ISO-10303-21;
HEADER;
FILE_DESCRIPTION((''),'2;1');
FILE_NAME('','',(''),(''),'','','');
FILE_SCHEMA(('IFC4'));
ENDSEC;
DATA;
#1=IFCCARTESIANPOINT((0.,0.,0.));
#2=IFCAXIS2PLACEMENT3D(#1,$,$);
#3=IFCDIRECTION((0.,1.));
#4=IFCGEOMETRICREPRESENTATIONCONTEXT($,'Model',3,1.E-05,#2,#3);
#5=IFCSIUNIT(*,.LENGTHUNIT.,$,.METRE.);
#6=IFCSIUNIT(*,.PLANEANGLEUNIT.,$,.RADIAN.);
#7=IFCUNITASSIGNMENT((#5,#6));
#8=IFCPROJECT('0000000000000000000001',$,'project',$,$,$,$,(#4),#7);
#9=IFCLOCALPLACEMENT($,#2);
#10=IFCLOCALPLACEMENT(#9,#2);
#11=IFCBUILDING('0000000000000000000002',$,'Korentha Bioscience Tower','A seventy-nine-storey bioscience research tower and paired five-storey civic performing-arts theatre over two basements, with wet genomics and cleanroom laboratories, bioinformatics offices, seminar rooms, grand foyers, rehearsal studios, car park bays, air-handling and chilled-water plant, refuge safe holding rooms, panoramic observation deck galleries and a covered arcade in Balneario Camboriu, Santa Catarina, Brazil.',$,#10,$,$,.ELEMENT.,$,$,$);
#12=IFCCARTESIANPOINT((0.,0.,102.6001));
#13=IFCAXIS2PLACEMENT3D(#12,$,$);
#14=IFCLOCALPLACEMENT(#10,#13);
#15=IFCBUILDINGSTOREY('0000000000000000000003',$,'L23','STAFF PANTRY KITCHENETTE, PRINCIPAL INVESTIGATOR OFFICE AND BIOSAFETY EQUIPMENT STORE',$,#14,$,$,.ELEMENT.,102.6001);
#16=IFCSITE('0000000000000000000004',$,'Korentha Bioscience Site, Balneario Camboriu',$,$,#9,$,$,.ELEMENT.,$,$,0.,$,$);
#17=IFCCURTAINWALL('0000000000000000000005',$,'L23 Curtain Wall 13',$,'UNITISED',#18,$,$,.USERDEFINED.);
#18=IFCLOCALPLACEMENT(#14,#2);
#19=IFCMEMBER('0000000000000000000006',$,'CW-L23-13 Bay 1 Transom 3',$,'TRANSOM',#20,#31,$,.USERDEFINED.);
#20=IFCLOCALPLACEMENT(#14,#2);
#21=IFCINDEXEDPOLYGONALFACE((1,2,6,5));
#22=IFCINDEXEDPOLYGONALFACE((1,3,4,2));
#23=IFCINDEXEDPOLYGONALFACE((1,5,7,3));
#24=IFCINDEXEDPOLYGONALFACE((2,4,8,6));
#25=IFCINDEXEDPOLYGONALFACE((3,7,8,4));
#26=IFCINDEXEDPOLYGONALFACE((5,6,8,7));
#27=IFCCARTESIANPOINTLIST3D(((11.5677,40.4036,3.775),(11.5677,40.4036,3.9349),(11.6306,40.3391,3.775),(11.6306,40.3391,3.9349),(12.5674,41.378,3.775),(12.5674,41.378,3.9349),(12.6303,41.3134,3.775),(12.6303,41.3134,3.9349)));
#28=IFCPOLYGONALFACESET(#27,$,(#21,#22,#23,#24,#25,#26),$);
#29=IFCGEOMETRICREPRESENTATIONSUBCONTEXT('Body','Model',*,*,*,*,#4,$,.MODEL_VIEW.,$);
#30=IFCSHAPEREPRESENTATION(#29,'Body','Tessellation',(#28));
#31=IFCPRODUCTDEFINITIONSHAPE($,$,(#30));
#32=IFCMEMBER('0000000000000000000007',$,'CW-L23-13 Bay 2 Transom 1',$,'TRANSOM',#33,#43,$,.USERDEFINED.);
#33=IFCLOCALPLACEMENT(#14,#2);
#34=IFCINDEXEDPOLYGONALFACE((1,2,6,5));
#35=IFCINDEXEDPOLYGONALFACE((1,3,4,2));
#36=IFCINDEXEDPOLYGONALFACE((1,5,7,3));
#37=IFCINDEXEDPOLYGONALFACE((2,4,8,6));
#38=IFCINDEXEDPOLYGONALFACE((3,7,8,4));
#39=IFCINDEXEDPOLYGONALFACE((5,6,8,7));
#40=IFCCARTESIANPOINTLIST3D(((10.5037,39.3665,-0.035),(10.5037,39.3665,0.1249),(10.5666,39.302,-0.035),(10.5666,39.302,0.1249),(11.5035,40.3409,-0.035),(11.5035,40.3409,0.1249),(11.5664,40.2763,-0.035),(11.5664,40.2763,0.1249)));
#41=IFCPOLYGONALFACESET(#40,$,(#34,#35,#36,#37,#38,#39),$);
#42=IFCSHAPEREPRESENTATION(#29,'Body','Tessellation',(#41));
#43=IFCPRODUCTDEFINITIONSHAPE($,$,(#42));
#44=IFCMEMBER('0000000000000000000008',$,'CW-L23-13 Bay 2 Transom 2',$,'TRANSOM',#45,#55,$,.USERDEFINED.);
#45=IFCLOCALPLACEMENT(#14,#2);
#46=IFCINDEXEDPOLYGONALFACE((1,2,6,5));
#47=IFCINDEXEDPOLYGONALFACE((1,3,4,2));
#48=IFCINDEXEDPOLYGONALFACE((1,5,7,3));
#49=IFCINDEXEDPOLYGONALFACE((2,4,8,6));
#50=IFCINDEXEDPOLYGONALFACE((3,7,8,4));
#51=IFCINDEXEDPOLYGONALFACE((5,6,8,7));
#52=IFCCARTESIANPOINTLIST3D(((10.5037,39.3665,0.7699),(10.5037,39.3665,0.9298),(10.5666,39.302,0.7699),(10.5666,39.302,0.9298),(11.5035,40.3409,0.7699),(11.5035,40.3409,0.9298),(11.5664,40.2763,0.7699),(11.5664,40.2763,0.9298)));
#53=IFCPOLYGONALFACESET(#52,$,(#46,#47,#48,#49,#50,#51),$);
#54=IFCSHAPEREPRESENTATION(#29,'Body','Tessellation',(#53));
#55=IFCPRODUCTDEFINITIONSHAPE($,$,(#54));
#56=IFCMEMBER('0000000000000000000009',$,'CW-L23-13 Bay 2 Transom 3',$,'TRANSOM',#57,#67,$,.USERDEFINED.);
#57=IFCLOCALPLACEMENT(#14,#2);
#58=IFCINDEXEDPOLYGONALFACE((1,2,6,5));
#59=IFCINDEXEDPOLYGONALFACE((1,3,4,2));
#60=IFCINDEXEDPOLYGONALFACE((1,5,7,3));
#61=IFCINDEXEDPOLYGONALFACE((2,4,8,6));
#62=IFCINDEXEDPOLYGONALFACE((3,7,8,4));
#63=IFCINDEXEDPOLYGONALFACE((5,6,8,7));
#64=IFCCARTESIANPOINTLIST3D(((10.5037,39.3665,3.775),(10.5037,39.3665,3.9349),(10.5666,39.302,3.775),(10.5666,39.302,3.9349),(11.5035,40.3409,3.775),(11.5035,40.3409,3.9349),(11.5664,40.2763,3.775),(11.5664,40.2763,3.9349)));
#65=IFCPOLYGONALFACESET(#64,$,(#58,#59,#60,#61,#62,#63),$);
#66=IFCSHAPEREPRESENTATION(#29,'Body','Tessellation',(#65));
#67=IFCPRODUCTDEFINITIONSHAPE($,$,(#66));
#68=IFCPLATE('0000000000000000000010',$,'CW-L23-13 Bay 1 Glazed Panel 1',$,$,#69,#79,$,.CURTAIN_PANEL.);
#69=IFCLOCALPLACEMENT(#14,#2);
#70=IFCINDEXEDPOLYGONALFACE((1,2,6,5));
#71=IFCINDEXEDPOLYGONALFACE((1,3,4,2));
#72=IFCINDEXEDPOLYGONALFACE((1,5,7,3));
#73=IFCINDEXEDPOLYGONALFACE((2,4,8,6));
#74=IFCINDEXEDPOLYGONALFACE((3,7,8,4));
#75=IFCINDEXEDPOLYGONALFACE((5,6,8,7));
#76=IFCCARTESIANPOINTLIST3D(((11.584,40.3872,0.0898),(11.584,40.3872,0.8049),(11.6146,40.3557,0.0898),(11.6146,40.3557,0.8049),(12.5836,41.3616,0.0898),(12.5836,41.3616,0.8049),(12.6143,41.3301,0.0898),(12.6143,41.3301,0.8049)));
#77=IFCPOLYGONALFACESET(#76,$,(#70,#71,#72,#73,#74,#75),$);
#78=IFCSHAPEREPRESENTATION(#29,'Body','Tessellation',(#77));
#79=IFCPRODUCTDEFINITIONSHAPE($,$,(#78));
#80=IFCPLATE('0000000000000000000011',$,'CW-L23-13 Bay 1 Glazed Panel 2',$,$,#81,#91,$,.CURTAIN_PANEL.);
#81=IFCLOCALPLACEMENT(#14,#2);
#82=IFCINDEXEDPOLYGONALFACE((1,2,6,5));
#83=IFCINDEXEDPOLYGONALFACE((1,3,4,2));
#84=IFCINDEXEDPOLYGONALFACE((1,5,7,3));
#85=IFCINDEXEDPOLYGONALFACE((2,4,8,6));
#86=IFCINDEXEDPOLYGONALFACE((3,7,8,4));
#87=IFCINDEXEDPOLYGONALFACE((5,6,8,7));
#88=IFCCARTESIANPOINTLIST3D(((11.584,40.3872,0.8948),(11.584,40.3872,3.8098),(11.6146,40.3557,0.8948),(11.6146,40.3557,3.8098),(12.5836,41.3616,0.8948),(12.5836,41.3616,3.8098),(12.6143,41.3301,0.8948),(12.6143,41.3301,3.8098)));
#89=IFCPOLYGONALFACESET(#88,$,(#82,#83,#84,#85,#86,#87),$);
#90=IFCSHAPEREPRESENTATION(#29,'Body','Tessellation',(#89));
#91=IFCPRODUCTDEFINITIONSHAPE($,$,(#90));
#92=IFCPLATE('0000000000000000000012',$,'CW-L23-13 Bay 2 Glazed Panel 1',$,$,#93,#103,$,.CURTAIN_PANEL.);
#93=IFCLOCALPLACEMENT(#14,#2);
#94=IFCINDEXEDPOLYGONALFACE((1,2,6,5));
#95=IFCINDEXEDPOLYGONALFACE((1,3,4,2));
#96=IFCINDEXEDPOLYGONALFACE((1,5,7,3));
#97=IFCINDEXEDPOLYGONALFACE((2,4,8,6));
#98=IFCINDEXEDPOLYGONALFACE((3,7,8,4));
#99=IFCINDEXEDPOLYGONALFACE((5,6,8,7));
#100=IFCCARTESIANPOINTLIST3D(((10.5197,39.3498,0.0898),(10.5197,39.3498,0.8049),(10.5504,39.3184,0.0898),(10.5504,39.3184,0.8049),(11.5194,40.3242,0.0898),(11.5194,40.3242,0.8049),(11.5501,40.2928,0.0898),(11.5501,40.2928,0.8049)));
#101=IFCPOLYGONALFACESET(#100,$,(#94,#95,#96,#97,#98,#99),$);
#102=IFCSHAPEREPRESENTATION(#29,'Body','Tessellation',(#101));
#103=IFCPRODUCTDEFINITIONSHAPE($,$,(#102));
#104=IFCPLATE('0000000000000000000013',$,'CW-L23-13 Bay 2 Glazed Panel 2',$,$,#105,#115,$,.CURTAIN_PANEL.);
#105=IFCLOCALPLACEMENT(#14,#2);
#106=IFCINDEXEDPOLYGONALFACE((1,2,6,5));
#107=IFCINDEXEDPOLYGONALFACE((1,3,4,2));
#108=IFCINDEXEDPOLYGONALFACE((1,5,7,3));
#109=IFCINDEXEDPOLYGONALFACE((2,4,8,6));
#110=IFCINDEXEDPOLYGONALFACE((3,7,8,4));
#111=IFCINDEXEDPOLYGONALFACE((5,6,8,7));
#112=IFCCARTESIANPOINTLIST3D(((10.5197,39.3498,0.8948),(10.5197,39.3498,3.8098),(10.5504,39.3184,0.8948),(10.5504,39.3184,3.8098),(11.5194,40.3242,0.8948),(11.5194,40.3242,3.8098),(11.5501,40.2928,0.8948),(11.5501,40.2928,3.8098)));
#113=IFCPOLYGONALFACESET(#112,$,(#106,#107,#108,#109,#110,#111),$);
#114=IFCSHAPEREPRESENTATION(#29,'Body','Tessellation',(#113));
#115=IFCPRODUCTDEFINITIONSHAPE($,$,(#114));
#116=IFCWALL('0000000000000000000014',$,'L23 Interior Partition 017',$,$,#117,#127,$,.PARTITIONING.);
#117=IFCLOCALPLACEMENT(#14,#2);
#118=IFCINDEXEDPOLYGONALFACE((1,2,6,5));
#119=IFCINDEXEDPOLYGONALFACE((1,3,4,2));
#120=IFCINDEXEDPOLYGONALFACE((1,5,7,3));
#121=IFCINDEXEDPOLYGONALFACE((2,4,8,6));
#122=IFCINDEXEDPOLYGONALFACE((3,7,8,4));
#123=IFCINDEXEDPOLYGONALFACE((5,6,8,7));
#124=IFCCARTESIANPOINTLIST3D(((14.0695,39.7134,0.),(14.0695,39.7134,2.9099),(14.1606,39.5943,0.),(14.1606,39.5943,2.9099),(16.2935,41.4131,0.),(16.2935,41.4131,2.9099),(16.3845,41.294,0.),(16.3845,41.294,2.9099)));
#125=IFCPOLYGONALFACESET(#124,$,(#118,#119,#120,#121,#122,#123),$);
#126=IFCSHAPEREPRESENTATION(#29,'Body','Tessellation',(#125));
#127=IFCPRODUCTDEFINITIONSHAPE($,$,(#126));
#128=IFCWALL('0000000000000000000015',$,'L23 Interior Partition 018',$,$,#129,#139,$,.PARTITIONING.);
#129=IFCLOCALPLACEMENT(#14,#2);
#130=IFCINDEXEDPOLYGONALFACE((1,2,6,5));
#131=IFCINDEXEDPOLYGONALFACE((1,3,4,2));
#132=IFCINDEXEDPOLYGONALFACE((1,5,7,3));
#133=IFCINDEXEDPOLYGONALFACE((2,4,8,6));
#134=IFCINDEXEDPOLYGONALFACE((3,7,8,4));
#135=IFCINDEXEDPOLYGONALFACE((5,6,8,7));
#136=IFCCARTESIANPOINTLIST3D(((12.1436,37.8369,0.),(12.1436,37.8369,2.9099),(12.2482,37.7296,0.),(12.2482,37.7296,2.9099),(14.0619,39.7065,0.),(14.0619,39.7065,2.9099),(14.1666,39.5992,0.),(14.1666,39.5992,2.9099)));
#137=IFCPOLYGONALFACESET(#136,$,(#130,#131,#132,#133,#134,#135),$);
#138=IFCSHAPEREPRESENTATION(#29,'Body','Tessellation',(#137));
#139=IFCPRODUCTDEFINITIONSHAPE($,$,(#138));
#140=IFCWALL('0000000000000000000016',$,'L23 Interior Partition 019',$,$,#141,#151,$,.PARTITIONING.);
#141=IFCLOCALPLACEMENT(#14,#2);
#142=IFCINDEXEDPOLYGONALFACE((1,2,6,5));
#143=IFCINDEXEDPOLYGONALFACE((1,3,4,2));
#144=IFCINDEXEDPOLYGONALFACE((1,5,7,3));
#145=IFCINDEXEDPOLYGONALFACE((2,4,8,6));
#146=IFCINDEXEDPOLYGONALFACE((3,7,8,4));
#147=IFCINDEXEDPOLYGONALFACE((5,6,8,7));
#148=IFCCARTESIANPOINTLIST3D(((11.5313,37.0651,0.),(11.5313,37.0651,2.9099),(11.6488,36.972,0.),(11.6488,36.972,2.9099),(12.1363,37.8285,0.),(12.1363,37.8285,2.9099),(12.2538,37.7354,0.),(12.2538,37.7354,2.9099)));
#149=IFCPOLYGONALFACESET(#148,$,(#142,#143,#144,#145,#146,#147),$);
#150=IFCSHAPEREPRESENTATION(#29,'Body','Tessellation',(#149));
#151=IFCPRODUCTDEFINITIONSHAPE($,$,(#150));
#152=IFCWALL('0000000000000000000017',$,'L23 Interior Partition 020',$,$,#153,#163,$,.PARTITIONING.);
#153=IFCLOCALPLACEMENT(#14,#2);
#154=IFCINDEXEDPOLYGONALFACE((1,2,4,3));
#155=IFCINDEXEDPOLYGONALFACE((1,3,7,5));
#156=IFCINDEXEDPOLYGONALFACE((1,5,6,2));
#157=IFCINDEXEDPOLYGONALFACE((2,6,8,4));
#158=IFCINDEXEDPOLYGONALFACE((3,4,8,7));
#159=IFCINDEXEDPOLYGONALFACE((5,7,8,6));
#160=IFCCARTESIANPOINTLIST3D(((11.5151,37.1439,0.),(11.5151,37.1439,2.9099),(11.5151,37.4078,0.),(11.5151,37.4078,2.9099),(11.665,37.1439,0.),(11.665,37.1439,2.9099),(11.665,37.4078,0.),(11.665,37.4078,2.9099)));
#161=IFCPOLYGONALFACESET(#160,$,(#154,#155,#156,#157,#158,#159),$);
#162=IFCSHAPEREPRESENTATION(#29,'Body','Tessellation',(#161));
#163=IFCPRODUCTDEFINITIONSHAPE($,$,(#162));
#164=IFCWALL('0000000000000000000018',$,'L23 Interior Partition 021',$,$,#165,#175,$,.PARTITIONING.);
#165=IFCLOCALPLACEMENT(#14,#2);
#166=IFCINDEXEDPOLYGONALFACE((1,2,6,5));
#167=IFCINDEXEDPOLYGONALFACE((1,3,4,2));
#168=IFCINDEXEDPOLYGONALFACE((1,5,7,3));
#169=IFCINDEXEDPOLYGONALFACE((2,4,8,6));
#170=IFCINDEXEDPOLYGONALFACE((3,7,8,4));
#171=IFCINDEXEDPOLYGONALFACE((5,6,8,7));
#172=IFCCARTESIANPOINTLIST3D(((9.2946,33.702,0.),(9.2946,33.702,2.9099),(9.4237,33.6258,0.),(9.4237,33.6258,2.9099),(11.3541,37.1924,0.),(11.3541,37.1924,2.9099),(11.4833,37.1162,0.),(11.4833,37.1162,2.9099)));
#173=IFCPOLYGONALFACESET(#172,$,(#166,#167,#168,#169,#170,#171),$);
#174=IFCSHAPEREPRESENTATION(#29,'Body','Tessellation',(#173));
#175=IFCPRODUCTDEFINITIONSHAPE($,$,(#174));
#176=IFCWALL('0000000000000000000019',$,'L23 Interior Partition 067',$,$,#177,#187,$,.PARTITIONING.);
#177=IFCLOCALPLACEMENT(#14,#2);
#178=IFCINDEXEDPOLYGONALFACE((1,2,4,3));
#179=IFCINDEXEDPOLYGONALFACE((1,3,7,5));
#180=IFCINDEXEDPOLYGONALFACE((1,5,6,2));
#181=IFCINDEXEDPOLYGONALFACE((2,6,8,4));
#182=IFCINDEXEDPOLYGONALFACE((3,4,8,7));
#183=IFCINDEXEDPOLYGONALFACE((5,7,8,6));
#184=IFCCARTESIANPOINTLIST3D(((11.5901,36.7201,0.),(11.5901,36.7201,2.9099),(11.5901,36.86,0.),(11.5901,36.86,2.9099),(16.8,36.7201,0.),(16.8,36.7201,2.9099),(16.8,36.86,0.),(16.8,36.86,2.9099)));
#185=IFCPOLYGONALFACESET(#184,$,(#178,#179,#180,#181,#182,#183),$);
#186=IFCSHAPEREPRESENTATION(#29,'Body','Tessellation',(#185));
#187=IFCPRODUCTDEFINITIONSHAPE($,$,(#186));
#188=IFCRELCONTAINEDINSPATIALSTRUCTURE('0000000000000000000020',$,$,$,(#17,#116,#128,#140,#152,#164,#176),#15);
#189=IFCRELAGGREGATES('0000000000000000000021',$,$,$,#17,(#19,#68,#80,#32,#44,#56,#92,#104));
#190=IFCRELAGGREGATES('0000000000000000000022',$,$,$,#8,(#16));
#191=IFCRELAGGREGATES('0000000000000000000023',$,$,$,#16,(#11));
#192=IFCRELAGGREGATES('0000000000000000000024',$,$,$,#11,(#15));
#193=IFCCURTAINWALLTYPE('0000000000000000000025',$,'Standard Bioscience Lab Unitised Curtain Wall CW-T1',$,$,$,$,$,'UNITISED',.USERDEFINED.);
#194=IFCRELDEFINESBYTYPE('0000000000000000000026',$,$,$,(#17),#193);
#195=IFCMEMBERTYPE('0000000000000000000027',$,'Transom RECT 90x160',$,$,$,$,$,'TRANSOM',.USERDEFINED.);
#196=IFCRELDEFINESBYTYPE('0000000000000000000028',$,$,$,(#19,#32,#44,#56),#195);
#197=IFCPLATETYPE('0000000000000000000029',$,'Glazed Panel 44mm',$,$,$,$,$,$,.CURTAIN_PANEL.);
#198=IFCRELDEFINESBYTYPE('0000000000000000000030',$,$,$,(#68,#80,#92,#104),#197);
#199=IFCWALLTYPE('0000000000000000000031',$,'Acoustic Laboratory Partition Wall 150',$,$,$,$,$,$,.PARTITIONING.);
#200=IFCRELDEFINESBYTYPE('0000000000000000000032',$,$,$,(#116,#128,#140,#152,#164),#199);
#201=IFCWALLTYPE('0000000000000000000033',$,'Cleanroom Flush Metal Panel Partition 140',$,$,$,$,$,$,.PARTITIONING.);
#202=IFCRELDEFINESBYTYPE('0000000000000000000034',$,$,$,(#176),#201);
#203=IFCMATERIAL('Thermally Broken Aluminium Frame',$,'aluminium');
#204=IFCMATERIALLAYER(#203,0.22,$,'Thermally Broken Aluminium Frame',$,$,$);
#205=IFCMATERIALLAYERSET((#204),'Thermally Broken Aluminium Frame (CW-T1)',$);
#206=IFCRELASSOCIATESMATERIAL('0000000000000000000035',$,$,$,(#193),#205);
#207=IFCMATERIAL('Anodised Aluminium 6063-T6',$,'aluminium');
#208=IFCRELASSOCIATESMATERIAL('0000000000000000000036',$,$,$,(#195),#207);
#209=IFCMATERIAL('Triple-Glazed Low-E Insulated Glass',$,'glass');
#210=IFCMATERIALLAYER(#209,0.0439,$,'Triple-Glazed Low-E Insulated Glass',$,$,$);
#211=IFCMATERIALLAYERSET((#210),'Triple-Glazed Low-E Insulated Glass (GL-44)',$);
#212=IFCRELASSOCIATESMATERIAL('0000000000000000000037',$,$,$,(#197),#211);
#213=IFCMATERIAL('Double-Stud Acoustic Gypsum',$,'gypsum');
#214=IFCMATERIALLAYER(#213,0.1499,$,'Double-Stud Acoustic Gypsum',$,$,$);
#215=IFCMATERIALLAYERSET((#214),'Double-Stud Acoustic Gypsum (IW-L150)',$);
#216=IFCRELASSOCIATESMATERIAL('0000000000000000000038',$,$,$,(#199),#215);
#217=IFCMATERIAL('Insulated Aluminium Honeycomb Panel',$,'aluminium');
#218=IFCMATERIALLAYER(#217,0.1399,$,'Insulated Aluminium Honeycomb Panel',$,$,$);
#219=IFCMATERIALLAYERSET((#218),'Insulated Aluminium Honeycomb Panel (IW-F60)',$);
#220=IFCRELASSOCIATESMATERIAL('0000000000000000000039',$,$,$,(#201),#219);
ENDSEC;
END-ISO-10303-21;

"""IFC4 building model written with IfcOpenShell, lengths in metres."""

from ifc_helpers import new_model, si_unit, direction, frame, frame_2d, origin, origin_2d, place, context, subcontext, project, spatial, rectangle, extrude, material, layer, layer_set, material_profile, profile_set, type_object, element, aggregate, save


model = new_model("IFC4")

# Units and contexts
model_context = context("Model", 3, precision=1e-05, world=origin(), true_north=direction((0.0, 1.0)))
body_context = subcontext(model_context, "Body", "Model", "MODEL_VIEW")
ifc_project = project(units=[si_unit("LENGTHUNIT", "METRE"), si_unit("PLANEANGLEUNIT", "RADIAN")], contexts=[model_context])

# Site, building, storey
site_placement = place(None, origin())
site = spatial("IfcSite", under=ifc_project, at=site_placement, Name="Korentha Bioscience Site, Balneario Camboriu", CompositionType="ELEMENT", RefElevation=0.0)
building_placement = place(site_placement, origin())
building = spatial("IfcBuilding", under=site, at=building_placement, Name="Korentha Bioscience Tower", Description="A seventy-nine-storey bioscience research tower and paired five-storey civic performing-arts theatre over two basements, with wet genomics and cleanroom laboratories, bioinformatics offices, seminar rooms, grand foyers, rehearsal studios, car park bays, air-handling and chilled-water plant, refuge safe holding rooms, panoramic observation deck galleries and a covered arcade in Balneario Camboriu, Santa Catarina, Brazil.", CompositionType="ELEMENT")
storey_placement = place(building_placement, frame((0.0, 0.0, 102.6001)))
storey = spatial("IfcBuildingStorey", under=building, at=storey_placement, Name="L23", Description="STAFF PANTRY KITCHENETTE, PRINCIPAL INVESTIGATOR OFFICE AND BIOSAFETY EQUIPMENT STORE", CompositionType="ELEMENT", Elevation=102.6001)

# Curtain wall
ifc_material_1 = material(Name="Thermally Broken Aluminium Frame", Category="aluminium")
ifc_layer_1 = layer(ifc_material_1, 0.22, Name="Thermally Broken Aluminium Frame")
ifc_layer_set_1 = layer_set([ifc_layer_1], Name="Thermally Broken Aluminium Frame (CW-T1)")
curtain_wall_type = type_object("IfcCurtainWallType", Name="Standard Bioscience Lab Unitised Curtain Wall CW-T1", ElementType="UNITISED", PredefinedType="USERDEFINED", material=ifc_layer_set_1)
curtain_wall_placement = place(storey_placement, origin())
curtain_wall = element("IfcCurtainWall", 1, at=curtain_wall_placement, inside=storey, type_object=curtain_wall_type, Name="L23 Curtain Wall 13", ObjectType="UNITISED", PredefinedType="USERDEFINED")
ifc_material_2 = material(Name="Anodised Aluminium 6063-T6", Category="aluminium")

# Members
ifc_material_profile_1 = material_profile(ifc_material_2, rectangle(XDim=0.0901, YDim=0.1599, at=origin_2d()), Name="Anodised Aluminium 6063-T6")
ifc_profile_set_1 = profile_set([ifc_material_profile_1], Name="Anodised Aluminium 6063-T6 (CW-TRN)")
member_type_1 = type_object("IfcMemberType", Name="Transom RECT 90x160", ElementType="TRANSOM", PredefinedType="USERDEFINED", material=ifc_profile_set_1)
member_1_placement = place(storey_placement, frame((12.5989, 41.3457, 3.855), z_axis=(-0.716142, -0.697954, 0.0), x_axis=(0.697954, -0.716142, 0.0)))
member_1 = element("IfcMember", 2, at=member_1_placement, type_object=member_type_1, Name="CW-L23-13 Bay 1 Transom 3", ObjectType="TRANSOM", PredefinedType="USERDEFINED", context=body_context, shape_type="SweptSolid", body=[
    extrude(rectangle(XDim=0.0901, YDim=0.1599, at=origin_2d()), origin(), (0.0, 0.0, 1.0), 1.396),
])
member_2_placement = place(storey_placement, frame((11.5349, 40.3086, 0.0449), z_axis=(-0.716142, -0.697954, 0.0), x_axis=(0.697954, -0.716142, 0.0)))
member_2 = element("IfcMember", 3, at=member_2_placement, type_object=member_type_1, Name="CW-L23-13 Bay 2 Transom 1", ObjectType="TRANSOM", PredefinedType="USERDEFINED", context=body_context, shape_type="SweptSolid", body=[
    extrude(rectangle(XDim=0.0901, YDim=0.1599, at=origin_2d()), origin(), (0.0, 0.0, 1.0), 1.396),
])
member_3_placement = place(storey_placement, frame((11.5349, 40.3086, 0.8499), z_axis=(-0.716142, -0.697954, 0.0), x_axis=(0.697954, -0.716142, 0.0)))
member_3 = element("IfcMember", 4, at=member_3_placement, type_object=member_type_1, Name="CW-L23-13 Bay 2 Transom 2", ObjectType="TRANSOM", PredefinedType="USERDEFINED", context=body_context, shape_type="SweptSolid", body=[
    extrude(rectangle(XDim=0.0901, YDim=0.1599, at=origin_2d()), origin(), (0.0, 0.0, 1.0), 1.396),
])
member_4_placement = place(storey_placement, frame((11.5349, 40.3086, 3.855), z_axis=(-0.716142, -0.697954, 0.0), x_axis=(0.697954, -0.716142, 0.0)))
member_4 = element("IfcMember", 5, at=member_4_placement, type_object=member_type_1, Name="CW-L23-13 Bay 2 Transom 3", ObjectType="TRANSOM", PredefinedType="USERDEFINED", context=body_context, shape_type="SweptSolid", body=[
    extrude(rectangle(XDim=0.0901, YDim=0.1599, at=origin_2d()), origin(), (0.0, 0.0, 1.0), 1.396),
])

# Plates
ifc_material_3 = material(Name="Triple-Glazed Low-E Insulated Glass", Category="glass")
ifc_layer_2 = layer(ifc_material_3, 0.0439, Name="Triple-Glazed Low-E Insulated Glass")
ifc_layer_set_2 = layer_set([ifc_layer_2], Name="Triple-Glazed Low-E Insulated Glass (GL-44)")
plate_type = type_object("IfcPlateType", Name="Glazed Panel 44mm", PredefinedType="CURTAIN_PANEL", material=ifc_layer_set_2)
plate_1_placement = place(storey_placement, frame((12.0991, 40.8586, 0.0898), z_axis=(0.0, 0.0, 1.0), x_axis=(-0.716096, -0.698002, 0.0)))
plate_1 = element("IfcPlate", 6, at=plate_1_placement, type_object=plate_type, Name="CW-L23-13 Bay 1 Glazed Panel 1", PredefinedType="CURTAIN_PANEL", context=body_context, shape_type="SweptSolid", body=[
    extrude(rectangle(XDim=1.396, YDim=0.0439, at=origin_2d()), origin(), (0.0, 0.0, 1.0), 0.7151),
])
plate_2_placement = place(storey_placement, frame((12.0991, 40.8586, 0.8948), z_axis=(0.0, 0.0, 1.0), x_axis=(-0.716096, -0.698002, 0.0)))
plate_2 = element("IfcPlate", 7, at=plate_2_placement, type_object=plate_type, Name="CW-L23-13 Bay 1 Glazed Panel 2", PredefinedType="CURTAIN_PANEL", context=body_context, shape_type="SweptSolid", body=[
    extrude(rectangle(XDim=1.396, YDim=0.0439, at=origin_2d()), origin(), (0.0, 0.0, 1.0), 2.915),
])
plate_3_placement = place(storey_placement, frame((11.0349, 39.8213, 0.0898), z_axis=(0.0, 0.0, 1.0), x_axis=(-0.716096, -0.698002, 0.0)))
plate_3 = element("IfcPlate", 8, at=plate_3_placement, type_object=plate_type, Name="CW-L23-13 Bay 2 Glazed Panel 1", PredefinedType="CURTAIN_PANEL", context=body_context, shape_type="SweptSolid", body=[
    extrude(rectangle(XDim=1.396, YDim=0.0439, at=origin_2d()), origin(), (0.0, 0.0, 1.0), 0.7151),
])
plate_4_placement = place(storey_placement, frame((11.0349, 39.8213, 0.8948), z_axis=(0.0, 0.0, 1.0), x_axis=(-0.716096, -0.698002, 0.0)))
plate_4 = element("IfcPlate", 9, at=plate_4_placement, type_object=plate_type, Name="CW-L23-13 Bay 2 Glazed Panel 2", PredefinedType="CURTAIN_PANEL", context=body_context, shape_type="SweptSolid", body=[
    extrude(rectangle(XDim=1.396, YDim=0.0439, at=origin_2d()), origin(), (0.0, 0.0, 1.0), 2.915),
])
aggregate(curtain_wall, [member_1, plate_1, plate_2, member_2, member_3, member_4, plate_3, plate_4])

# Walls
ifc_material_4 = material(Name="Double-Stud Acoustic Gypsum", Category="gypsum")
ifc_layer_3 = layer(ifc_material_4, 0.1499, Name="Double-Stud Acoustic Gypsum")
ifc_layer_set_3 = layer_set([ifc_layer_3], Name="Double-Stud Acoustic Gypsum (IW-L150)")
wall_type_1 = type_object("IfcWallType", Name="Acoustic Laboratory Partition Wall 150", PredefinedType="PARTITIONING", material=ifc_layer_set_3)
wall_1_placement = place(storey_placement, frame((16.3389, 41.3535, 0.0), z_axis=(0.0, 0.0, 1.0), x_axis=(-0.794514, -0.607246, 0.0)))
element("IfcWall", 10, at=wall_1_placement, inside=storey, type_object=wall_type_1, Name="L23 Interior Partition 017", PredefinedType="PARTITIONING", context=body_context, shape_type="SweptSolid", body=[
    extrude(rectangle(XDim=2.7991, YDim=0.1499, at=frame_2d((1.3994, 0.0))), origin(), (0.0, 0.0, 1.0), 2.9099),
])
wall_2_placement = place(storey_placement, frame((14.1143, 39.6528, 0.0), z_axis=(0.0, 0.0, 1.0), x_axis=(-0.716162, -0.697934, 0.0)))
element("IfcWall", 11, at=wall_2_placement, inside=storey, type_object=wall_type_1, Name="L23 Interior Partition 018", PredefinedType="PARTITIONING", context=body_context, shape_type="SweptSolid", body=[
    extrude(rectangle(XDim=2.6787, YDim=0.1499, at=frame_2d((1.3394, 0.0))), origin(), (0.0, 0.0, 1.0), 2.9099),
])
wall_3_placement = place(storey_placement, frame((12.1951, 37.782, 0.0), z_axis=(0.0, 0.0, 1.0), x_axis=(-0.621082, -0.783746, 0.0)))
element("IfcWall", 12, at=wall_3_placement, inside=storey, type_object=wall_type_1, Name="L23 Interior Partition 019", PredefinedType="PARTITIONING", context=body_context, shape_type="SweptSolid", body=[
    extrude(rectangle(XDim=0.9741, YDim=0.1499, at=frame_2d((0.4871, 0.0))), origin(), (0.0, 0.0, 1.0), 2.9099),
])
wall_4_placement = place(storey_placement, frame((11.5901, 37.144, 0.0), z_axis=(0.0, 0.0, 1.0), x_axis=(0.0, 1.0, 0.0)))
element("IfcWall", 13, at=wall_4_placement, inside=storey, type_object=wall_type_1, Name="L23 Interior Partition 020", PredefinedType="PARTITIONING", context=body_context, shape_type="SweptSolid", body=[
    extrude(rectangle(XDim=0.2639, YDim=0.1499, at=frame_2d((0.1318, 0.0))), origin(), (0.0, 0.0, 1.0), 2.9099),
])
wall_5_placement = place(storey_placement, frame((11.4187, 37.1543, 0.0), z_axis=(0.0, 0.0, 1.0), x_axis=(-0.508183, -0.861249, 0.0)))
element("IfcWall", 14, at=wall_5_placement, inside=storey, type_object=wall_type_1, Name="L23 Interior Partition 021", PredefinedType="PARTITIONING", context=body_context, shape_type="SweptSolid", body=[
    extrude(rectangle(XDim=4.0527, YDim=0.1499, at=frame_2d((2.0264, 0.0))), origin(), (0.0, 0.0, 1.0), 2.9099),
])
ifc_material_5 = material(Name="Insulated Aluminium Honeycomb Panel", Category="aluminium")
ifc_layer_4 = layer(ifc_material_5, 0.1399, Name="Insulated Aluminium Honeycomb Panel")
ifc_layer_set_4 = layer_set([ifc_layer_4], Name="Insulated Aluminium Honeycomb Panel (IW-F60)")
wall_type_2 = type_object("IfcWallType", Name="Cleanroom Flush Metal Panel Partition 140", PredefinedType="PARTITIONING", material=ifc_layer_set_4)
wall_6_placement = place(storey_placement, frame((11.5901, 36.79, 0.0), z_axis=(0.0, 0.0, 1.0), x_axis=(1.0, 0.0, 0.0)))
element("IfcWall", 15, at=wall_6_placement, inside=storey, type_object=wall_type_2, Name="L23 Interior Partition 067", PredefinedType="PARTITIONING", context=body_context, shape_type="SweptSolid", body=[
    extrude(rectangle(XDim=5.21, YDim=0.1399, at=frame_2d((2.605, 0.0))), origin(), (0.0, 0.0, 1.0), 2.9099),
])

save(model, "model.ifc")
